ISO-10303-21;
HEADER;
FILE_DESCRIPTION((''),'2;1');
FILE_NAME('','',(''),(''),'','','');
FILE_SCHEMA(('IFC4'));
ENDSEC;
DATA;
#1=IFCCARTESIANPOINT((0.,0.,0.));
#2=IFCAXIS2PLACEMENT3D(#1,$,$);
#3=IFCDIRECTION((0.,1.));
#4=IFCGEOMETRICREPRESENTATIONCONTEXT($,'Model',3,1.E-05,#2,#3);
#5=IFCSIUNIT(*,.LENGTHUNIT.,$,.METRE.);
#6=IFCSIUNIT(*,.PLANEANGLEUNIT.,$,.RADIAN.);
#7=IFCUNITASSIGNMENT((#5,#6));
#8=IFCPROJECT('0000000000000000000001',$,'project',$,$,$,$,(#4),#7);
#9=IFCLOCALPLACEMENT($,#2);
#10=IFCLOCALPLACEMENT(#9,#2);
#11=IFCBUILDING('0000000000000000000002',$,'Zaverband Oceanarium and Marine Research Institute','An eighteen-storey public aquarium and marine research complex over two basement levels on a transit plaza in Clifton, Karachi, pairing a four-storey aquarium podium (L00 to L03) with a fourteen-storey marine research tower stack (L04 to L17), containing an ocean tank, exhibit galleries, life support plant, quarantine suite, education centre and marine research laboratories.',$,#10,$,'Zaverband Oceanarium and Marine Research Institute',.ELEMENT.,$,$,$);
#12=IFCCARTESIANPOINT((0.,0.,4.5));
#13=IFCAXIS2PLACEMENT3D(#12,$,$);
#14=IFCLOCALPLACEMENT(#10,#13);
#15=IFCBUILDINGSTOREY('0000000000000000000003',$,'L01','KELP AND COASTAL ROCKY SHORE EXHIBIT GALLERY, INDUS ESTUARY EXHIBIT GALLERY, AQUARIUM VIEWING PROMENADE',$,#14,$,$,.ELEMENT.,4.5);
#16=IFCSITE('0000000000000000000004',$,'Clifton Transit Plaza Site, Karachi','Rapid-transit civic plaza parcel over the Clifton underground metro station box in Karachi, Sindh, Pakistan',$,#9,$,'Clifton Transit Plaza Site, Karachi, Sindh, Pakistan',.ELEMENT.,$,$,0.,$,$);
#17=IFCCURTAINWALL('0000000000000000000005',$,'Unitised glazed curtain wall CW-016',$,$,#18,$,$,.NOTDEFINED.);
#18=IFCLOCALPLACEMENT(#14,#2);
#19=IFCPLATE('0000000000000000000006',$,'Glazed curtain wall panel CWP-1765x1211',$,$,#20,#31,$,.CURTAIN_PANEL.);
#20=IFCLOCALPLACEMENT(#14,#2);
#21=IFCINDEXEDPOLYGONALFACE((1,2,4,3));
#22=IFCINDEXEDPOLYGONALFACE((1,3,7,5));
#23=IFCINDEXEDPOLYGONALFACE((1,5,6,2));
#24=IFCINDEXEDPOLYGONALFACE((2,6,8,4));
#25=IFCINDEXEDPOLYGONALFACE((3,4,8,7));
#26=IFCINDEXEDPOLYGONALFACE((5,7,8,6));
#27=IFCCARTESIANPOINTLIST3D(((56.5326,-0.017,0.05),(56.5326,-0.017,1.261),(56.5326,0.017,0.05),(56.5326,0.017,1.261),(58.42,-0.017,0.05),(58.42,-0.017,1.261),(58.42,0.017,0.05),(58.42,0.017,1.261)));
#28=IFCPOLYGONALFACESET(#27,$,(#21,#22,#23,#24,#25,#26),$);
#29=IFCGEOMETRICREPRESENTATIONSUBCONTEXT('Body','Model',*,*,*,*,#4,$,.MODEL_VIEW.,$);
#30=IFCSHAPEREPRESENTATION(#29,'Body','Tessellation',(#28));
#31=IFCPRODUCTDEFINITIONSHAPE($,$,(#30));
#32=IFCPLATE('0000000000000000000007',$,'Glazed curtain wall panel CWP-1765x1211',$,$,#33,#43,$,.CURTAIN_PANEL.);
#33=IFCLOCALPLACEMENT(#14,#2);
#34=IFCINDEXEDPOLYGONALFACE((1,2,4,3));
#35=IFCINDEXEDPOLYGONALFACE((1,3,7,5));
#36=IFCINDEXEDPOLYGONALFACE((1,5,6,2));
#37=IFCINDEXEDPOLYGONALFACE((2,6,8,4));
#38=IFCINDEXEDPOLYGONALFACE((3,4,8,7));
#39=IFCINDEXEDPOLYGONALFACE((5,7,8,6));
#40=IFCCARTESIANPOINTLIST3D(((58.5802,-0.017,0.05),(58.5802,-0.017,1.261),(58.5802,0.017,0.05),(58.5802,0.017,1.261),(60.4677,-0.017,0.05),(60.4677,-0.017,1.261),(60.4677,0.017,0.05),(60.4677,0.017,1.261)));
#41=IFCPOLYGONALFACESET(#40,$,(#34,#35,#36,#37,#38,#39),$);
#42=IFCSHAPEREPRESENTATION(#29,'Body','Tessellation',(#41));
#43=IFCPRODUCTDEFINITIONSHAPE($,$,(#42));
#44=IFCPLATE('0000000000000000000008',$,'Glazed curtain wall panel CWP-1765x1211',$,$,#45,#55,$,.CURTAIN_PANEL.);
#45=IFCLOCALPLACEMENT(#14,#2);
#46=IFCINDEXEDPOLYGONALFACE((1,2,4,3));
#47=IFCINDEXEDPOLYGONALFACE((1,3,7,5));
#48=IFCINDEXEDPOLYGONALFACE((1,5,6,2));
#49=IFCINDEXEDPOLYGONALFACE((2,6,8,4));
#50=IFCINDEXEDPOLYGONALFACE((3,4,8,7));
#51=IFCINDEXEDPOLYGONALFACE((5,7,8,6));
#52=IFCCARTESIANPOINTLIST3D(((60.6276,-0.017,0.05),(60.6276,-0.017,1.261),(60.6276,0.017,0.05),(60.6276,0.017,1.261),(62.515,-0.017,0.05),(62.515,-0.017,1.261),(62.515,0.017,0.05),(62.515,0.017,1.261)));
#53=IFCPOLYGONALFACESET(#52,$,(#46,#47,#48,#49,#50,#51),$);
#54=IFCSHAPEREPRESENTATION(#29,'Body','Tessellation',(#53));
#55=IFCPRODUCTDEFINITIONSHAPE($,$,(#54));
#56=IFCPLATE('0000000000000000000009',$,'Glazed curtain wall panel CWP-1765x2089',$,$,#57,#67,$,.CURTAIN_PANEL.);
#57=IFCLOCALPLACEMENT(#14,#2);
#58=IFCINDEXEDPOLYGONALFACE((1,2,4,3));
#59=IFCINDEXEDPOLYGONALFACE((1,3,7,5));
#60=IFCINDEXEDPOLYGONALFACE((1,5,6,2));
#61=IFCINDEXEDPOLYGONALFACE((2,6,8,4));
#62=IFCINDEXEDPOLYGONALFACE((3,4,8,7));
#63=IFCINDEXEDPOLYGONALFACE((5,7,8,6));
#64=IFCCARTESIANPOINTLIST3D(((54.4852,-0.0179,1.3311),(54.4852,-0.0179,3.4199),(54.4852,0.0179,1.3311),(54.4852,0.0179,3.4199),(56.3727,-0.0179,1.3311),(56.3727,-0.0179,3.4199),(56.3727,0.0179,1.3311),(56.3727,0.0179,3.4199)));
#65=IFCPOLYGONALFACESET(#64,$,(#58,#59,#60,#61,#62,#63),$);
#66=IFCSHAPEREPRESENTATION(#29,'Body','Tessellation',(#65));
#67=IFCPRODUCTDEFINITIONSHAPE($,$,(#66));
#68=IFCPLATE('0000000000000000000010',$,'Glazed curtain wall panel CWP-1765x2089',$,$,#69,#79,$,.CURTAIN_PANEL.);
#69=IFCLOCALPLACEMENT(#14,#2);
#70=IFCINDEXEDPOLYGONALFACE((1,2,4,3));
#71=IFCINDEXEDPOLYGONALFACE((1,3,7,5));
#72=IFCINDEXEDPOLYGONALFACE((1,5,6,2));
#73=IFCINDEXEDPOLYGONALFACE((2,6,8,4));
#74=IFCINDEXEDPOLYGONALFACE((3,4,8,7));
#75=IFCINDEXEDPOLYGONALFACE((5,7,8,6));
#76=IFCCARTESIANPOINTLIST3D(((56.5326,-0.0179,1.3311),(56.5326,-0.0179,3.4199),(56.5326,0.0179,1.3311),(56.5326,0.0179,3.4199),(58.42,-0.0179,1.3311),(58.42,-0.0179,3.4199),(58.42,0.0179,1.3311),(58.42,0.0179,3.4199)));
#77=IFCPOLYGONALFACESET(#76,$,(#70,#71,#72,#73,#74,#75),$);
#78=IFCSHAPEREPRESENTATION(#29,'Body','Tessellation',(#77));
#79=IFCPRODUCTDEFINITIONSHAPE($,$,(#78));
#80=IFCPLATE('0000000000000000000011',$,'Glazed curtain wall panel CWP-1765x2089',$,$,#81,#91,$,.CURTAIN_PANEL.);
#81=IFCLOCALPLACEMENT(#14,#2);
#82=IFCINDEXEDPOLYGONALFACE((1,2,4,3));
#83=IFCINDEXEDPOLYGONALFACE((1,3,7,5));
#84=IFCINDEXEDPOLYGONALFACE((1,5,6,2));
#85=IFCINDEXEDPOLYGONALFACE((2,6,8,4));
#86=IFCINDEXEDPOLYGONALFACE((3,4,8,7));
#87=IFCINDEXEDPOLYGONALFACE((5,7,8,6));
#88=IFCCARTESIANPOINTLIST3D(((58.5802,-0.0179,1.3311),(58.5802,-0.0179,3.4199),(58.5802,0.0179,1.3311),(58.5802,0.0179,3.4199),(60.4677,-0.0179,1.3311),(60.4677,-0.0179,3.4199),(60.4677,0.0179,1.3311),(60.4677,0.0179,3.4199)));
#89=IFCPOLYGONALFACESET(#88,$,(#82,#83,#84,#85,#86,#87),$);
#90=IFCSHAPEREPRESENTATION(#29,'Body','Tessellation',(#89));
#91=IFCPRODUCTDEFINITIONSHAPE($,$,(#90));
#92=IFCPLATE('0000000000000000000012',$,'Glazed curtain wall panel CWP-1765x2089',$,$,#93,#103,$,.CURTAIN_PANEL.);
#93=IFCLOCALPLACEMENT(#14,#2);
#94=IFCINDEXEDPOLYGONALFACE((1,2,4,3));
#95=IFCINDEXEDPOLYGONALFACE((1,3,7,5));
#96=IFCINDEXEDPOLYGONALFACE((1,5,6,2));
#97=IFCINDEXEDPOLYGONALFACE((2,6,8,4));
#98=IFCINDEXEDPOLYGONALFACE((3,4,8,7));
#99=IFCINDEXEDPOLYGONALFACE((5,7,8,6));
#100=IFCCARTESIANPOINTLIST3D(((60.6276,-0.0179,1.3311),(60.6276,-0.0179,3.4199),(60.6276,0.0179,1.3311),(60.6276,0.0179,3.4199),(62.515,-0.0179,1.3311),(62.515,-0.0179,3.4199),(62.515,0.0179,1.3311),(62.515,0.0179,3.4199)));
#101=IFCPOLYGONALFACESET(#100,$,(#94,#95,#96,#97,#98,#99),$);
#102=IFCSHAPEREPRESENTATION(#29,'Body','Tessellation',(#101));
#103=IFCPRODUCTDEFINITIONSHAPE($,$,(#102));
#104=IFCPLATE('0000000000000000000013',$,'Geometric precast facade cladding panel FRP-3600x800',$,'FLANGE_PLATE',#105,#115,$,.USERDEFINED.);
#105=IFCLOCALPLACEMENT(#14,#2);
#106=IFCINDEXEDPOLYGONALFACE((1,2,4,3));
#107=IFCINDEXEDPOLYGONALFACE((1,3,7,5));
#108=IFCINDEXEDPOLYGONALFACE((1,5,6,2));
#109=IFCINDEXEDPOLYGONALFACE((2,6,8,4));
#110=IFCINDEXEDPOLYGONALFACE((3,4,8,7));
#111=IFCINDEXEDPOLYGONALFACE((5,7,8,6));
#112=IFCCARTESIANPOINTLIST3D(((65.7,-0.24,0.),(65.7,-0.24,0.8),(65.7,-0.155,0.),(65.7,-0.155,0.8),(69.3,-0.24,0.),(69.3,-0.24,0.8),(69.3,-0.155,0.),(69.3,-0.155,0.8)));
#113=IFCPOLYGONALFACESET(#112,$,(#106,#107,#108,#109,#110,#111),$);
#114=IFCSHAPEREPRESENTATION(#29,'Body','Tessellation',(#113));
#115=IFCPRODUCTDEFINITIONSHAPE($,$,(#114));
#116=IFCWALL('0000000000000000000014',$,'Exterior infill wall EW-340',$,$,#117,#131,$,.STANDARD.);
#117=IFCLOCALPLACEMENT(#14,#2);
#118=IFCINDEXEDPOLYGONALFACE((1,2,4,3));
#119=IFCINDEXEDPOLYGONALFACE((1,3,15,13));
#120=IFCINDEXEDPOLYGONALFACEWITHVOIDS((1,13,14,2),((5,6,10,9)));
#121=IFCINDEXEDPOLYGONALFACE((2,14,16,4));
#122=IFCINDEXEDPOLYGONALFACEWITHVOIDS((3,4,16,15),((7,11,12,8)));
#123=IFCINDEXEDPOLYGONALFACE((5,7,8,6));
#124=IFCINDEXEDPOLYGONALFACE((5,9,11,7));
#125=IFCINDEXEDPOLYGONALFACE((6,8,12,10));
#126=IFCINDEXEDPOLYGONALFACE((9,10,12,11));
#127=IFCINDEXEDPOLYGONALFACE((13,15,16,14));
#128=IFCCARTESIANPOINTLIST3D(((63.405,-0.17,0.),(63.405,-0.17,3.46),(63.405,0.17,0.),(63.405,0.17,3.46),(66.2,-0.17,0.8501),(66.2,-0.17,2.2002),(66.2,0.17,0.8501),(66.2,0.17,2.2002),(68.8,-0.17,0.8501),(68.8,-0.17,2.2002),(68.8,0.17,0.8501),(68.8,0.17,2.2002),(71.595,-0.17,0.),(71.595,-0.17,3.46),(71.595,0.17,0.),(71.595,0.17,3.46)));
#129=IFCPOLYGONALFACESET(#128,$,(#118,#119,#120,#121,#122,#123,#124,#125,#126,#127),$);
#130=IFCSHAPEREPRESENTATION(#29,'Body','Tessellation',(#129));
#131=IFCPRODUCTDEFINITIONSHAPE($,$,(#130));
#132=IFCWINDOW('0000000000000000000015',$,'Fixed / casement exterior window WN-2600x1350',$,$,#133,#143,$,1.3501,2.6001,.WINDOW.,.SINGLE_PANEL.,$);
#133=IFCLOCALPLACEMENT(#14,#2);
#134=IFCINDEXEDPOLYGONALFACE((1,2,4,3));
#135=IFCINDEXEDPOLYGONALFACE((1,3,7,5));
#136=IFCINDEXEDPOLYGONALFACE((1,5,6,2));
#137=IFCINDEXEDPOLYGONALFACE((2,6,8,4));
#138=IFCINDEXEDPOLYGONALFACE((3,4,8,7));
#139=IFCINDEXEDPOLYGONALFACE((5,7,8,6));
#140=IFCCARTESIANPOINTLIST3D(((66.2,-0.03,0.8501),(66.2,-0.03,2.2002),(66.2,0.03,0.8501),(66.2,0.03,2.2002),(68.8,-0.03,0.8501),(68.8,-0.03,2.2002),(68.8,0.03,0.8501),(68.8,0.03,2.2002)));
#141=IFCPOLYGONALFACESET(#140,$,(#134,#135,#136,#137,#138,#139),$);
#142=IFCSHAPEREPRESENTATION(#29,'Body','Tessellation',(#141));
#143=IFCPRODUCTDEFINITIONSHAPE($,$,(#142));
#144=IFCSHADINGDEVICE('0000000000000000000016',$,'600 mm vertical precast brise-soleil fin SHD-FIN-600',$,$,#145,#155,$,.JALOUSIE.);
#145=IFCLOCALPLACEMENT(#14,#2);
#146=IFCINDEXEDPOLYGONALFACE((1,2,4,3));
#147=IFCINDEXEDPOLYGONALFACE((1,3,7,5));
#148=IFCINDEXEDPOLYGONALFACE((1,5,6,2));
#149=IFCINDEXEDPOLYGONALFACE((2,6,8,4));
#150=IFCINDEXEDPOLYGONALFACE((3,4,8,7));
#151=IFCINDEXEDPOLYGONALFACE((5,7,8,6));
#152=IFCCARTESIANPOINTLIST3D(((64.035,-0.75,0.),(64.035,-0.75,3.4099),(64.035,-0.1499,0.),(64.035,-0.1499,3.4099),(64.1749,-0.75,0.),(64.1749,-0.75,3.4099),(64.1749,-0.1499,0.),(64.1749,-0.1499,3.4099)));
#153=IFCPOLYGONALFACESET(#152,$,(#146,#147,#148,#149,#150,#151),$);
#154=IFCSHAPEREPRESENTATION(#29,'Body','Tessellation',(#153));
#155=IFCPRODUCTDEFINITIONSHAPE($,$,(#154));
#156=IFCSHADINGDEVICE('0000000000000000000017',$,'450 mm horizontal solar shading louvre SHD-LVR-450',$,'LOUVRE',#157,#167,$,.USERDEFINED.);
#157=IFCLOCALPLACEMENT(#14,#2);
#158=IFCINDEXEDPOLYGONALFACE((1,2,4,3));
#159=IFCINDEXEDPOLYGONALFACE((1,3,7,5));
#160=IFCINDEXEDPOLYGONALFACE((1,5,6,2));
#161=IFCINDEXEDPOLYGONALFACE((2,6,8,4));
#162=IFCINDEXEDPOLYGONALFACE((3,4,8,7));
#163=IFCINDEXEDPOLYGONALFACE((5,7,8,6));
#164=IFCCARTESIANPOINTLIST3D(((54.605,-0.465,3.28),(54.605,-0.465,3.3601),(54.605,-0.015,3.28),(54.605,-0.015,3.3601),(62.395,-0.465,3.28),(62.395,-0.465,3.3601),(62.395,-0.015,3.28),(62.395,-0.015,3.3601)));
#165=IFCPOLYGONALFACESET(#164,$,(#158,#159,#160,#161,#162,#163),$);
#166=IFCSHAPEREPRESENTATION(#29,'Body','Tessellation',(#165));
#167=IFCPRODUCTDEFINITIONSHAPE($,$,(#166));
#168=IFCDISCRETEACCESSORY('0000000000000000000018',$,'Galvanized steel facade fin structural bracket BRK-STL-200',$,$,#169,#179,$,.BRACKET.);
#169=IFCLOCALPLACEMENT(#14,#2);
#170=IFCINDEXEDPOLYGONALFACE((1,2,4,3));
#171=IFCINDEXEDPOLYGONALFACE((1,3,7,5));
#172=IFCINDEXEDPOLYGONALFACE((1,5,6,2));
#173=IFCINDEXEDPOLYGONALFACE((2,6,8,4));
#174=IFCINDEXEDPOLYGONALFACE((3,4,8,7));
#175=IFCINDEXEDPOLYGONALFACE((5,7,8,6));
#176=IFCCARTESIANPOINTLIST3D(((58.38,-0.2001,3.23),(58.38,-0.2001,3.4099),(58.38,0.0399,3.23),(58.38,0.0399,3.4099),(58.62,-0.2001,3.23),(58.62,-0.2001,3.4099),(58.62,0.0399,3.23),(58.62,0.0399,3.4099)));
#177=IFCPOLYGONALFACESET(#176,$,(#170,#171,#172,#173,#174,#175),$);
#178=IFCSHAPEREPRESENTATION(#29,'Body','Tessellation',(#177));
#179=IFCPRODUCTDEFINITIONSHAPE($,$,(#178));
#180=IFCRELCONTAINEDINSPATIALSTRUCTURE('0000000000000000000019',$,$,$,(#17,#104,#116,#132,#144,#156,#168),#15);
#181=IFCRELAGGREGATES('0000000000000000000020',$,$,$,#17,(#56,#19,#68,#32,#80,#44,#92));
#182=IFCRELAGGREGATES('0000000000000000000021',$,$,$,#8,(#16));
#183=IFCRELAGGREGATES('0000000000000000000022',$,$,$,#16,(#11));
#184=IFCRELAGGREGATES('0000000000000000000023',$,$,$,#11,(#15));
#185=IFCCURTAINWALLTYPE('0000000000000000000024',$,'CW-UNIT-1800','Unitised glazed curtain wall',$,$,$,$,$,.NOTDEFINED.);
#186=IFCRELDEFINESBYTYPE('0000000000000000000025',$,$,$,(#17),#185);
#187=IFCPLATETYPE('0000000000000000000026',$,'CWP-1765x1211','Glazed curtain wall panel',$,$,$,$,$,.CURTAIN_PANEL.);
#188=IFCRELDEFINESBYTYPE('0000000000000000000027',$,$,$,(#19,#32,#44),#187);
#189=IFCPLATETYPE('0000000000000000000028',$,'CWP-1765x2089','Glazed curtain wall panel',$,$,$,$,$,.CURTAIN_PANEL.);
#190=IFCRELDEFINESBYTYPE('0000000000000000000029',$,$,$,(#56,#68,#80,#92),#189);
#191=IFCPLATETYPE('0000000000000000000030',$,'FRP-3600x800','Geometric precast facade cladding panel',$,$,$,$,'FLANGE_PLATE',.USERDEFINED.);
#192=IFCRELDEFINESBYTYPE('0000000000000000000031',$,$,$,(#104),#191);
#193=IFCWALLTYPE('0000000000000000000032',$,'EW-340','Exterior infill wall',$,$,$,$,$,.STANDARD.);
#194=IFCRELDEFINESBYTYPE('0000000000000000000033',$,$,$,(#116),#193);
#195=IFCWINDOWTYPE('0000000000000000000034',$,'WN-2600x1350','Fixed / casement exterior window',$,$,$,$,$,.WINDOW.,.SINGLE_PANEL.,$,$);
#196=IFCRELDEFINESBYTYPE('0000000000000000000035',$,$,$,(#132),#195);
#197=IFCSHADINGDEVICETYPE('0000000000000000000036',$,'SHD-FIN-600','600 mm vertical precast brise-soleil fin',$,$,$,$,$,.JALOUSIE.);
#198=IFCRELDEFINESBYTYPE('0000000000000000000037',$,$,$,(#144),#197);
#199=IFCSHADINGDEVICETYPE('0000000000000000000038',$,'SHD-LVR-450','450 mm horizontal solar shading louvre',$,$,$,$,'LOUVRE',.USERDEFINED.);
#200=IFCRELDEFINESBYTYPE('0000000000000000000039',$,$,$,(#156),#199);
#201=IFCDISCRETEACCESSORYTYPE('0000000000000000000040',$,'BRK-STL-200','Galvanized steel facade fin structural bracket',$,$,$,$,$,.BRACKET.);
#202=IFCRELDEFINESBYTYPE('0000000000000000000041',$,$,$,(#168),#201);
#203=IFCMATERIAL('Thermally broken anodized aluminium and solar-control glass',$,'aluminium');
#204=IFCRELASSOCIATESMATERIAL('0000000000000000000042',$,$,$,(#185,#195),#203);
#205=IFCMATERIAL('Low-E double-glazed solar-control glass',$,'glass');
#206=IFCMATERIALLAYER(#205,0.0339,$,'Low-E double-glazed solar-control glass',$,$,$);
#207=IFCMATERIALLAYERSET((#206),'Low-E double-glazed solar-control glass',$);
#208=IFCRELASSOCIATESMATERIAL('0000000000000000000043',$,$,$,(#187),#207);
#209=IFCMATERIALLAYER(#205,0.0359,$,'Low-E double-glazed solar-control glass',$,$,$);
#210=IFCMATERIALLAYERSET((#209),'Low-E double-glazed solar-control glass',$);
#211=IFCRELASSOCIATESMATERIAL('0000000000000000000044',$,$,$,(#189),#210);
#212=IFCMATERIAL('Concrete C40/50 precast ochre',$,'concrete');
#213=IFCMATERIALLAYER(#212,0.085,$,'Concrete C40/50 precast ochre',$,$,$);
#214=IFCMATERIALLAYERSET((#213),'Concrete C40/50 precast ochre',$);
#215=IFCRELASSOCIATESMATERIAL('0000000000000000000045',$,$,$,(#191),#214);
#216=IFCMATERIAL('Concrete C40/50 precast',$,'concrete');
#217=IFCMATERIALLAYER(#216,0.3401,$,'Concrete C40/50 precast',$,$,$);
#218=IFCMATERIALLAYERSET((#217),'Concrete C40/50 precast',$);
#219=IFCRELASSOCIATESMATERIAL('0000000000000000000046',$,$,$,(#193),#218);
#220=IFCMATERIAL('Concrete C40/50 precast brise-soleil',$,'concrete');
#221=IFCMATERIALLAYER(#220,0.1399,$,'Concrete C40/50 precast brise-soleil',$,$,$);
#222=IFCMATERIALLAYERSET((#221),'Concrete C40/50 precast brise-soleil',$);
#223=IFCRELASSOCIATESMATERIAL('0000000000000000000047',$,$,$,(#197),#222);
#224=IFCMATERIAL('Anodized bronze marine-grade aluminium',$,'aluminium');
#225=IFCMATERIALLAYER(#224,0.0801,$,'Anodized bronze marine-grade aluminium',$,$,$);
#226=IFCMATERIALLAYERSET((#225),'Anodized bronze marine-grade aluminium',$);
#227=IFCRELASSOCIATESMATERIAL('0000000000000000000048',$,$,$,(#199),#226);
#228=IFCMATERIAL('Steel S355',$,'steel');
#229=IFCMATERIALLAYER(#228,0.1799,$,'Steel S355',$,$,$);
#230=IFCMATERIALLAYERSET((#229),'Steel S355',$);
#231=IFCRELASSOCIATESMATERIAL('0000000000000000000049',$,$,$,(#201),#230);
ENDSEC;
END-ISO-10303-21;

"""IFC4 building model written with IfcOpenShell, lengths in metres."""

from ifc_helpers import new_model, si_unit, direction, frame, frame_2d, origin, origin_2d, place, context, subcontext, project, spatial, rectangle, extrude, material, layer, layer_set, type_object, element, fill, aggregate, save


model = new_model("IFC4")

# Units and contexts
model_context = context("Model", 3, precision=1e-05, world=origin(), true_north=direction((0.0, 1.0)))
body_context = subcontext(model_context, "Body", "Model", "MODEL_VIEW")
ifc_project = project(units=[si_unit("LENGTHUNIT", "METRE"), si_unit("PLANEANGLEUNIT", "RADIAN")], contexts=[model_context])

# Site, building, storey
site_placement = place(None, origin())
site = spatial("IfcSite", under=ifc_project, at=site_placement, Name="Clifton Transit Plaza Site, Karachi", Description="Rapid-transit civic plaza parcel over the Clifton underground metro station box in Karachi, Sindh, Pakistan", LongName="Clifton Transit Plaza Site, Karachi, Sindh, Pakistan", CompositionType="ELEMENT", RefElevation=0.0)
building_placement = place(site_placement, origin())
building = spatial("IfcBuilding", under=site, at=building_placement, Name="Zaverband Oceanarium and Marine Research Institute", Description="An eighteen-storey public aquarium and marine research complex over two basement levels on a transit plaza in Clifton, Karachi, pairing a four-storey aquarium podium (L00 to L03) with a fourteen-storey marine research tower stack (L04 to L17), containing an ocean tank, exhibit galleries, life support plant, quarantine suite, education centre and marine research laboratories.", LongName="Zaverband Oceanarium and Marine Research Institute", CompositionType="ELEMENT")
storey_placement = place(building_placement, frame((0.0, 0.0, 4.5)))
storey = spatial("IfcBuildingStorey", under=building, at=storey_placement, Name="L01", Description="KELP AND COASTAL ROCKY SHORE EXHIBIT GALLERY, INDUS ESTUARY EXHIBIT GALLERY, AQUARIUM VIEWING PROMENADE", CompositionType="ELEMENT", Elevation=4.5)

# Curtain wall
ifc_material_1 = material(Name="Thermally broken anodized aluminium and solar-control glass", Category="aluminium")
curtain_wall_type = type_object("IfcCurtainWallType", Name="CW-UNIT-1800", Description="Unitised glazed curtain wall", PredefinedType="NOTDEFINED", material=ifc_material_1)
curtain_wall_placement = place(storey_placement, origin())
curtain_wall = element("IfcCurtainWall", 1, at=curtain_wall_placement, inside=storey, type_object=curtain_wall_type, Name="Unitised glazed curtain wall CW-016", PredefinedType="NOTDEFINED")

# Plates
ifc_material_2 = material(Name="Low-E double-glazed solar-control glass", Category="glass")
ifc_layer_1 = layer(ifc_material_2, 0.0339, Name="Low-E double-glazed solar-control glass")
ifc_layer_set_1 = layer_set([ifc_layer_1], Name="Low-E double-glazed solar-control glass")
plate_type_1 = type_object("IfcPlateType", Name="CWP-1765x1211", Description="Glazed curtain wall panel", PredefinedType="CURTAIN_PANEL", material=ifc_layer_set_1)
plate_1_placement = place(storey_placement, frame((56.5325, 0.0, 0.05), z_axis=(0.0, 0.0, 1.0), x_axis=(1.0, 0.0, 0.0)))
plate_1 = element("IfcPlate", 2, at=plate_1_placement, type_object=plate_type_1, Name="Glazed curtain wall panel CWP-1765x1211", PredefinedType="CURTAIN_PANEL", context=body_context, shape_type="SweptSolid", body=[
    extrude(rectangle(XDim=1.8875, YDim=0.0339, at=frame_2d((0.9438, 0.0))), origin(), (0.0, 0.0, 1.0), 1.2109),
])
plate_2_placement = place(storey_placement, frame((58.5801, 0.0, 0.05), z_axis=(0.0, 0.0, 1.0), x_axis=(1.0, 0.0, 0.0)))
plate_2 = element("IfcPlate", 3, at=plate_2_placement, type_object=plate_type_1, Name="Glazed curtain wall panel CWP-1765x1211", PredefinedType="CURTAIN_PANEL", context=body_context, shape_type="SweptSolid", body=[
    extrude(rectangle(XDim=1.8875, YDim=0.0339, at=frame_2d((0.9438, 0.0))), origin(), (0.0, 0.0, 1.0), 1.2109),
])
plate_3_placement = place(storey_placement, frame((60.6274, 0.0, 0.05), z_axis=(0.0, 0.0, 1.0), x_axis=(1.0, 0.0, 0.0)))
plate_3 = element("IfcPlate", 4, at=plate_3_placement, type_object=plate_type_1, Name="Glazed curtain wall panel CWP-1765x1211", PredefinedType="CURTAIN_PANEL", context=body_context, shape_type="SweptSolid", body=[
    extrude(rectangle(XDim=1.8875, YDim=0.0339, at=frame_2d((0.9438, 0.0))), origin(), (0.0, 0.0, 1.0), 1.2109),
])
ifc_layer_2 = layer(ifc_material_2, 0.0359, Name="Low-E double-glazed solar-control glass")
ifc_layer_set_2 = layer_set([ifc_layer_2], Name="Low-E double-glazed solar-control glass")
plate_type_2 = type_object("IfcPlateType", Name="CWP-1765x2089", Description="Glazed curtain wall panel", PredefinedType="CURTAIN_PANEL", material=ifc_layer_set_2)
plate_4_placement = place(storey_placement, frame((54.4851, 0.0, 1.3311), z_axis=(0.0, 0.0, 1.0), x_axis=(1.0, 0.0, 0.0)))
plate_4 = element("IfcPlate", 5, at=plate_4_placement, type_object=plate_type_2, Name="Glazed curtain wall panel CWP-1765x2089", PredefinedType="CURTAIN_PANEL", context=body_context, shape_type="SweptSolid", body=[
    extrude(rectangle(XDim=1.8875, YDim=0.0359, at=frame_2d((0.9438, 0.0))), origin(), (0.0, 0.0, 1.0), 2.0889),
])
plate_5_placement = place(storey_placement, frame((56.5325, 0.0, 1.3311), z_axis=(0.0, 0.0, 1.0), x_axis=(1.0, 0.0, 0.0)))
plate_5 = element("IfcPlate", 6, at=plate_5_placement, type_object=plate_type_2, Name="Glazed curtain wall panel CWP-1765x2089", PredefinedType="CURTAIN_PANEL", context=body_context, shape_type="SweptSolid", body=[
    extrude(rectangle(XDim=1.8875, YDim=0.0359, at=frame_2d((0.9438, 0.0))), origin(), (0.0, 0.0, 1.0), 2.0889),
])
plate_6_placement = place(storey_placement, frame((58.5801, 0.0, 1.3311), z_axis=(0.0, 0.0, 1.0), x_axis=(1.0, 0.0, 0.0)))
plate_6 = element("IfcPlate", 7, at=plate_6_placement, type_object=plate_type_2, Name="Glazed curtain wall panel CWP-1765x2089", PredefinedType="CURTAIN_PANEL", context=body_context, shape_type="SweptSolid", body=[
    extrude(rectangle(XDim=1.8875, YDim=0.0359, at=frame_2d((0.9438, 0.0))), origin(), (0.0, 0.0, 1.0), 2.0889),
])
plate_7_placement = place(storey_placement, frame((60.6274, 0.0, 1.3311), z_axis=(0.0, 0.0, 1.0), x_axis=(1.0, 0.0, 0.0)))
plate_7 = element("IfcPlate", 8, at=plate_7_placement, type_object=plate_type_2, Name="Glazed curtain wall panel CWP-1765x2089", PredefinedType="CURTAIN_PANEL", context=body_context, shape_type="SweptSolid", body=[
    extrude(rectangle(XDim=1.8875, YDim=0.0359, at=frame_2d((0.9438, 0.0))), origin(), (0.0, 0.0, 1.0), 2.0889),
])
aggregate(curtain_wall, [plate_4, plate_1, plate_5, plate_2, plate_6, plate_3, plate_7])
ifc_material_3 = material(Name="Concrete C40/50 precast ochre", Category="concrete")
ifc_layer_3 = layer(ifc_material_3, 0.085, Name="Concrete C40/50 precast ochre")
ifc_layer_set_3 = layer_set([ifc_layer_3], Name="Concrete C40/50 precast ochre")
plate_type_3 = type_object("IfcPlateType", Name="FRP-3600x800", Description="Geometric precast facade cladding panel", ElementType="FLANGE_PLATE", PredefinedType="USERDEFINED", material=ifc_layer_set_3)
plate_8_placement = place(storey_placement, frame((65.7, -0.1975, 0.0), z_axis=(0.0, 0.0, 1.0), x_axis=(1.0, 0.0, 0.0)))
element("IfcPlate", 9, at=plate_8_placement, inside=storey, type_object=plate_type_3, Name="Geometric precast facade cladding panel FRP-3600x800", ObjectType="FLANGE_PLATE", PredefinedType="USERDEFINED", context=body_context, shape_type="SweptSolid", body=[
    extrude(rectangle(XDim=3.6001, YDim=0.085, at=frame_2d((1.8, 0.0))), origin(), (0.0, 0.0, 1.0), 0.8),
])

# Wall, opening, window
ifc_material_4 = material(Name="Concrete C40/50 precast", Category="concrete")
ifc_layer_4 = layer(ifc_material_4, 0.3401, Name="Concrete C40/50 precast")
ifc_layer_set_4 = layer_set([ifc_layer_4], Name="Concrete C40/50 precast")
wall_type = type_object("IfcWallType", Name="EW-340", Description="Exterior infill wall", PredefinedType="STANDARD", material=ifc_layer_set_4)
wall_placement = place(storey_placement, frame((63.405, 0.0, 0.0), z_axis=(0.0, 0.0, 1.0), x_axis=(1.0, 0.0, 0.0)))
wall = element("IfcWall", 10, at=wall_placement, inside=storey, type_object=wall_type, Name="Exterior infill wall EW-340", PredefinedType="STANDARD", context=body_context, shape_type="SweptSolid", body=[
    extrude(rectangle(XDim=8.1899, YDim=0.3401, at=frame_2d((4.095, 0.0))), origin(), (0.0, 0.0, 1.0), 3.46),
])
opening_placement = place(wall_placement, frame((2.7949, 0.0, 0.8501)))
opening = element("IfcOpeningElement", 11, at=opening_placement, cuts=wall, PredefinedType="OPENING", context=body_context, shape_type="SweptSolid", body=[
    extrude(rectangle(XDim=2.6001, YDim=1.3501, at=frame_2d((1.3, 0.675))), frame((0.0, 0.1821, 0.0), z_axis=(0.0, -1.0, 0.0), x_axis=(1.0, 0.0, 0.0)), (0.0, 0.0, 1.0), 0.364),
])
window_type = type_object("IfcWindowType", Name="WN-2600x1350", Description="Fixed / casement exterior window", PartitioningType="SINGLE_PANEL", PredefinedType="WINDOW", material=ifc_material_1)
window_placement = place(opening_placement, origin())
window = element("IfcWindow", 12, at=window_placement, inside=storey, type_object=window_type, Name="Fixed / casement exterior window WN-2600x1350", OverallHeight=1.3501, OverallWidth=2.6001, PartitioningType="SINGLE_PANEL", PredefinedType="WINDOW", context=body_context, shape_type="SweptSolid", body=[
    extrude(rectangle(XDim=2.6001, YDim=1.3501, at=frame_2d((1.3, 0.675))), frame((0.0, 0.03, 0.0), z_axis=(0.0, -1.0, 0.0), x_axis=(1.0, 0.0, 0.0)), (0.0, 0.0, 1.0), 0.0601),
])
fill(opening, window)

# Shading devices
ifc_material_5 = material(Name="Concrete C40/50 precast brise-soleil", Category="concrete")
ifc_layer_5 = layer(ifc_material_5, 0.1399, Name="Concrete C40/50 precast brise-soleil")
ifc_layer_set_5 = layer_set([ifc_layer_5], Name="Concrete C40/50 precast brise-soleil")
shading_device_type_1 = type_object("IfcShadingDeviceType", Name="SHD-FIN-600", Description="600 mm vertical precast brise-soleil fin", PredefinedType="JALOUSIE", material=ifc_layer_set_5)
shading_device_1_placement = place(storey_placement, frame((64.105, -0.1499, 0.0), z_axis=(0.0, 0.0, 1.0), x_axis=(0.0, -1.0, 0.0)))
element("IfcShadingDevice", 13, at=shading_device_1_placement, inside=storey, type_object=shading_device_type_1, Name="600 mm vertical precast brise-soleil fin SHD-FIN-600", PredefinedType="JALOUSIE", context=body_context, shape_type="SweptSolid", body=[
    extrude(rectangle(XDim=0.6001, YDim=0.1399, at=frame_2d((0.3, 0.0))), origin(), (0.0, 0.0, 1.0), 3.4099),
])
ifc_material_6 = material(Name="Anodized bronze marine-grade aluminium", Category="aluminium")
ifc_layer_6 = layer(ifc_material_6, 0.0801, Name="Anodized bronze marine-grade aluminium")
ifc_layer_set_6 = layer_set([ifc_layer_6], Name="Anodized bronze marine-grade aluminium")
shading_device_type_2 = type_object("IfcShadingDeviceType", Name="SHD-LVR-450", Description="450 mm horizontal solar shading louvre", ElementType="LOUVRE", PredefinedType="USERDEFINED", material=ifc_layer_set_6)
shading_device_2_placement = place(storey_placement, frame((54.605, -0.24, 3.28), z_axis=(0.0, 0.0, 1.0), x_axis=(1.0, 0.0, 0.0)))
element("IfcShadingDevice", 14, at=shading_device_2_placement, inside=storey, type_object=shading_device_type_2, Name="450 mm horizontal solar shading louvre SHD-LVR-450", ObjectType="LOUVRE", PredefinedType="USERDEFINED", context=body_context, shape_type="SweptSolid", body=[
    extrude(rectangle(XDim=7.79, YDim=0.45, at=frame_2d((3.895, 0.0))), origin(), (0.0, 0.0, 1.0), 0.0801),
])

# Discrete accessory
ifc_material_7 = material(Name="Steel S355", Category="steel")
ifc_layer_7 = layer(ifc_material_7, 0.1799, Name="Steel S355")
ifc_layer_set_7 = layer_set([ifc_layer_7], Name="Steel S355")
discrete_accessory_type = type_object("IfcDiscreteAccessoryType", Name="BRK-STL-200", Description="Galvanized steel facade fin structural bracket", PredefinedType="BRACKET", material=ifc_layer_set_7)
for number, where, z_axis, x_axis, name in (
    (15, (58.5, -0.0801, 3.23), (0.0, 0.0, 1.0), (1.0, 0.0, 0.0), "Galvanized steel facade fin structural bracket BRK-STL-200"),
):
    element("IfcDiscreteAccessory", number, at=place(storey_placement, frame(where, z_axis=z_axis, x_axis=x_axis)), inside=storey, type_object=discrete_accessory_type, Name=name, PredefinedType="BRACKET", context=body_context, shape_type="SweptSolid", body=[
        extrude(rectangle(XDim=0.24, YDim=0.24, at=origin_2d()), origin(), (0.0, 0.0, 1.0), 0.1799),
    ])

save(model, "model.ifc")
